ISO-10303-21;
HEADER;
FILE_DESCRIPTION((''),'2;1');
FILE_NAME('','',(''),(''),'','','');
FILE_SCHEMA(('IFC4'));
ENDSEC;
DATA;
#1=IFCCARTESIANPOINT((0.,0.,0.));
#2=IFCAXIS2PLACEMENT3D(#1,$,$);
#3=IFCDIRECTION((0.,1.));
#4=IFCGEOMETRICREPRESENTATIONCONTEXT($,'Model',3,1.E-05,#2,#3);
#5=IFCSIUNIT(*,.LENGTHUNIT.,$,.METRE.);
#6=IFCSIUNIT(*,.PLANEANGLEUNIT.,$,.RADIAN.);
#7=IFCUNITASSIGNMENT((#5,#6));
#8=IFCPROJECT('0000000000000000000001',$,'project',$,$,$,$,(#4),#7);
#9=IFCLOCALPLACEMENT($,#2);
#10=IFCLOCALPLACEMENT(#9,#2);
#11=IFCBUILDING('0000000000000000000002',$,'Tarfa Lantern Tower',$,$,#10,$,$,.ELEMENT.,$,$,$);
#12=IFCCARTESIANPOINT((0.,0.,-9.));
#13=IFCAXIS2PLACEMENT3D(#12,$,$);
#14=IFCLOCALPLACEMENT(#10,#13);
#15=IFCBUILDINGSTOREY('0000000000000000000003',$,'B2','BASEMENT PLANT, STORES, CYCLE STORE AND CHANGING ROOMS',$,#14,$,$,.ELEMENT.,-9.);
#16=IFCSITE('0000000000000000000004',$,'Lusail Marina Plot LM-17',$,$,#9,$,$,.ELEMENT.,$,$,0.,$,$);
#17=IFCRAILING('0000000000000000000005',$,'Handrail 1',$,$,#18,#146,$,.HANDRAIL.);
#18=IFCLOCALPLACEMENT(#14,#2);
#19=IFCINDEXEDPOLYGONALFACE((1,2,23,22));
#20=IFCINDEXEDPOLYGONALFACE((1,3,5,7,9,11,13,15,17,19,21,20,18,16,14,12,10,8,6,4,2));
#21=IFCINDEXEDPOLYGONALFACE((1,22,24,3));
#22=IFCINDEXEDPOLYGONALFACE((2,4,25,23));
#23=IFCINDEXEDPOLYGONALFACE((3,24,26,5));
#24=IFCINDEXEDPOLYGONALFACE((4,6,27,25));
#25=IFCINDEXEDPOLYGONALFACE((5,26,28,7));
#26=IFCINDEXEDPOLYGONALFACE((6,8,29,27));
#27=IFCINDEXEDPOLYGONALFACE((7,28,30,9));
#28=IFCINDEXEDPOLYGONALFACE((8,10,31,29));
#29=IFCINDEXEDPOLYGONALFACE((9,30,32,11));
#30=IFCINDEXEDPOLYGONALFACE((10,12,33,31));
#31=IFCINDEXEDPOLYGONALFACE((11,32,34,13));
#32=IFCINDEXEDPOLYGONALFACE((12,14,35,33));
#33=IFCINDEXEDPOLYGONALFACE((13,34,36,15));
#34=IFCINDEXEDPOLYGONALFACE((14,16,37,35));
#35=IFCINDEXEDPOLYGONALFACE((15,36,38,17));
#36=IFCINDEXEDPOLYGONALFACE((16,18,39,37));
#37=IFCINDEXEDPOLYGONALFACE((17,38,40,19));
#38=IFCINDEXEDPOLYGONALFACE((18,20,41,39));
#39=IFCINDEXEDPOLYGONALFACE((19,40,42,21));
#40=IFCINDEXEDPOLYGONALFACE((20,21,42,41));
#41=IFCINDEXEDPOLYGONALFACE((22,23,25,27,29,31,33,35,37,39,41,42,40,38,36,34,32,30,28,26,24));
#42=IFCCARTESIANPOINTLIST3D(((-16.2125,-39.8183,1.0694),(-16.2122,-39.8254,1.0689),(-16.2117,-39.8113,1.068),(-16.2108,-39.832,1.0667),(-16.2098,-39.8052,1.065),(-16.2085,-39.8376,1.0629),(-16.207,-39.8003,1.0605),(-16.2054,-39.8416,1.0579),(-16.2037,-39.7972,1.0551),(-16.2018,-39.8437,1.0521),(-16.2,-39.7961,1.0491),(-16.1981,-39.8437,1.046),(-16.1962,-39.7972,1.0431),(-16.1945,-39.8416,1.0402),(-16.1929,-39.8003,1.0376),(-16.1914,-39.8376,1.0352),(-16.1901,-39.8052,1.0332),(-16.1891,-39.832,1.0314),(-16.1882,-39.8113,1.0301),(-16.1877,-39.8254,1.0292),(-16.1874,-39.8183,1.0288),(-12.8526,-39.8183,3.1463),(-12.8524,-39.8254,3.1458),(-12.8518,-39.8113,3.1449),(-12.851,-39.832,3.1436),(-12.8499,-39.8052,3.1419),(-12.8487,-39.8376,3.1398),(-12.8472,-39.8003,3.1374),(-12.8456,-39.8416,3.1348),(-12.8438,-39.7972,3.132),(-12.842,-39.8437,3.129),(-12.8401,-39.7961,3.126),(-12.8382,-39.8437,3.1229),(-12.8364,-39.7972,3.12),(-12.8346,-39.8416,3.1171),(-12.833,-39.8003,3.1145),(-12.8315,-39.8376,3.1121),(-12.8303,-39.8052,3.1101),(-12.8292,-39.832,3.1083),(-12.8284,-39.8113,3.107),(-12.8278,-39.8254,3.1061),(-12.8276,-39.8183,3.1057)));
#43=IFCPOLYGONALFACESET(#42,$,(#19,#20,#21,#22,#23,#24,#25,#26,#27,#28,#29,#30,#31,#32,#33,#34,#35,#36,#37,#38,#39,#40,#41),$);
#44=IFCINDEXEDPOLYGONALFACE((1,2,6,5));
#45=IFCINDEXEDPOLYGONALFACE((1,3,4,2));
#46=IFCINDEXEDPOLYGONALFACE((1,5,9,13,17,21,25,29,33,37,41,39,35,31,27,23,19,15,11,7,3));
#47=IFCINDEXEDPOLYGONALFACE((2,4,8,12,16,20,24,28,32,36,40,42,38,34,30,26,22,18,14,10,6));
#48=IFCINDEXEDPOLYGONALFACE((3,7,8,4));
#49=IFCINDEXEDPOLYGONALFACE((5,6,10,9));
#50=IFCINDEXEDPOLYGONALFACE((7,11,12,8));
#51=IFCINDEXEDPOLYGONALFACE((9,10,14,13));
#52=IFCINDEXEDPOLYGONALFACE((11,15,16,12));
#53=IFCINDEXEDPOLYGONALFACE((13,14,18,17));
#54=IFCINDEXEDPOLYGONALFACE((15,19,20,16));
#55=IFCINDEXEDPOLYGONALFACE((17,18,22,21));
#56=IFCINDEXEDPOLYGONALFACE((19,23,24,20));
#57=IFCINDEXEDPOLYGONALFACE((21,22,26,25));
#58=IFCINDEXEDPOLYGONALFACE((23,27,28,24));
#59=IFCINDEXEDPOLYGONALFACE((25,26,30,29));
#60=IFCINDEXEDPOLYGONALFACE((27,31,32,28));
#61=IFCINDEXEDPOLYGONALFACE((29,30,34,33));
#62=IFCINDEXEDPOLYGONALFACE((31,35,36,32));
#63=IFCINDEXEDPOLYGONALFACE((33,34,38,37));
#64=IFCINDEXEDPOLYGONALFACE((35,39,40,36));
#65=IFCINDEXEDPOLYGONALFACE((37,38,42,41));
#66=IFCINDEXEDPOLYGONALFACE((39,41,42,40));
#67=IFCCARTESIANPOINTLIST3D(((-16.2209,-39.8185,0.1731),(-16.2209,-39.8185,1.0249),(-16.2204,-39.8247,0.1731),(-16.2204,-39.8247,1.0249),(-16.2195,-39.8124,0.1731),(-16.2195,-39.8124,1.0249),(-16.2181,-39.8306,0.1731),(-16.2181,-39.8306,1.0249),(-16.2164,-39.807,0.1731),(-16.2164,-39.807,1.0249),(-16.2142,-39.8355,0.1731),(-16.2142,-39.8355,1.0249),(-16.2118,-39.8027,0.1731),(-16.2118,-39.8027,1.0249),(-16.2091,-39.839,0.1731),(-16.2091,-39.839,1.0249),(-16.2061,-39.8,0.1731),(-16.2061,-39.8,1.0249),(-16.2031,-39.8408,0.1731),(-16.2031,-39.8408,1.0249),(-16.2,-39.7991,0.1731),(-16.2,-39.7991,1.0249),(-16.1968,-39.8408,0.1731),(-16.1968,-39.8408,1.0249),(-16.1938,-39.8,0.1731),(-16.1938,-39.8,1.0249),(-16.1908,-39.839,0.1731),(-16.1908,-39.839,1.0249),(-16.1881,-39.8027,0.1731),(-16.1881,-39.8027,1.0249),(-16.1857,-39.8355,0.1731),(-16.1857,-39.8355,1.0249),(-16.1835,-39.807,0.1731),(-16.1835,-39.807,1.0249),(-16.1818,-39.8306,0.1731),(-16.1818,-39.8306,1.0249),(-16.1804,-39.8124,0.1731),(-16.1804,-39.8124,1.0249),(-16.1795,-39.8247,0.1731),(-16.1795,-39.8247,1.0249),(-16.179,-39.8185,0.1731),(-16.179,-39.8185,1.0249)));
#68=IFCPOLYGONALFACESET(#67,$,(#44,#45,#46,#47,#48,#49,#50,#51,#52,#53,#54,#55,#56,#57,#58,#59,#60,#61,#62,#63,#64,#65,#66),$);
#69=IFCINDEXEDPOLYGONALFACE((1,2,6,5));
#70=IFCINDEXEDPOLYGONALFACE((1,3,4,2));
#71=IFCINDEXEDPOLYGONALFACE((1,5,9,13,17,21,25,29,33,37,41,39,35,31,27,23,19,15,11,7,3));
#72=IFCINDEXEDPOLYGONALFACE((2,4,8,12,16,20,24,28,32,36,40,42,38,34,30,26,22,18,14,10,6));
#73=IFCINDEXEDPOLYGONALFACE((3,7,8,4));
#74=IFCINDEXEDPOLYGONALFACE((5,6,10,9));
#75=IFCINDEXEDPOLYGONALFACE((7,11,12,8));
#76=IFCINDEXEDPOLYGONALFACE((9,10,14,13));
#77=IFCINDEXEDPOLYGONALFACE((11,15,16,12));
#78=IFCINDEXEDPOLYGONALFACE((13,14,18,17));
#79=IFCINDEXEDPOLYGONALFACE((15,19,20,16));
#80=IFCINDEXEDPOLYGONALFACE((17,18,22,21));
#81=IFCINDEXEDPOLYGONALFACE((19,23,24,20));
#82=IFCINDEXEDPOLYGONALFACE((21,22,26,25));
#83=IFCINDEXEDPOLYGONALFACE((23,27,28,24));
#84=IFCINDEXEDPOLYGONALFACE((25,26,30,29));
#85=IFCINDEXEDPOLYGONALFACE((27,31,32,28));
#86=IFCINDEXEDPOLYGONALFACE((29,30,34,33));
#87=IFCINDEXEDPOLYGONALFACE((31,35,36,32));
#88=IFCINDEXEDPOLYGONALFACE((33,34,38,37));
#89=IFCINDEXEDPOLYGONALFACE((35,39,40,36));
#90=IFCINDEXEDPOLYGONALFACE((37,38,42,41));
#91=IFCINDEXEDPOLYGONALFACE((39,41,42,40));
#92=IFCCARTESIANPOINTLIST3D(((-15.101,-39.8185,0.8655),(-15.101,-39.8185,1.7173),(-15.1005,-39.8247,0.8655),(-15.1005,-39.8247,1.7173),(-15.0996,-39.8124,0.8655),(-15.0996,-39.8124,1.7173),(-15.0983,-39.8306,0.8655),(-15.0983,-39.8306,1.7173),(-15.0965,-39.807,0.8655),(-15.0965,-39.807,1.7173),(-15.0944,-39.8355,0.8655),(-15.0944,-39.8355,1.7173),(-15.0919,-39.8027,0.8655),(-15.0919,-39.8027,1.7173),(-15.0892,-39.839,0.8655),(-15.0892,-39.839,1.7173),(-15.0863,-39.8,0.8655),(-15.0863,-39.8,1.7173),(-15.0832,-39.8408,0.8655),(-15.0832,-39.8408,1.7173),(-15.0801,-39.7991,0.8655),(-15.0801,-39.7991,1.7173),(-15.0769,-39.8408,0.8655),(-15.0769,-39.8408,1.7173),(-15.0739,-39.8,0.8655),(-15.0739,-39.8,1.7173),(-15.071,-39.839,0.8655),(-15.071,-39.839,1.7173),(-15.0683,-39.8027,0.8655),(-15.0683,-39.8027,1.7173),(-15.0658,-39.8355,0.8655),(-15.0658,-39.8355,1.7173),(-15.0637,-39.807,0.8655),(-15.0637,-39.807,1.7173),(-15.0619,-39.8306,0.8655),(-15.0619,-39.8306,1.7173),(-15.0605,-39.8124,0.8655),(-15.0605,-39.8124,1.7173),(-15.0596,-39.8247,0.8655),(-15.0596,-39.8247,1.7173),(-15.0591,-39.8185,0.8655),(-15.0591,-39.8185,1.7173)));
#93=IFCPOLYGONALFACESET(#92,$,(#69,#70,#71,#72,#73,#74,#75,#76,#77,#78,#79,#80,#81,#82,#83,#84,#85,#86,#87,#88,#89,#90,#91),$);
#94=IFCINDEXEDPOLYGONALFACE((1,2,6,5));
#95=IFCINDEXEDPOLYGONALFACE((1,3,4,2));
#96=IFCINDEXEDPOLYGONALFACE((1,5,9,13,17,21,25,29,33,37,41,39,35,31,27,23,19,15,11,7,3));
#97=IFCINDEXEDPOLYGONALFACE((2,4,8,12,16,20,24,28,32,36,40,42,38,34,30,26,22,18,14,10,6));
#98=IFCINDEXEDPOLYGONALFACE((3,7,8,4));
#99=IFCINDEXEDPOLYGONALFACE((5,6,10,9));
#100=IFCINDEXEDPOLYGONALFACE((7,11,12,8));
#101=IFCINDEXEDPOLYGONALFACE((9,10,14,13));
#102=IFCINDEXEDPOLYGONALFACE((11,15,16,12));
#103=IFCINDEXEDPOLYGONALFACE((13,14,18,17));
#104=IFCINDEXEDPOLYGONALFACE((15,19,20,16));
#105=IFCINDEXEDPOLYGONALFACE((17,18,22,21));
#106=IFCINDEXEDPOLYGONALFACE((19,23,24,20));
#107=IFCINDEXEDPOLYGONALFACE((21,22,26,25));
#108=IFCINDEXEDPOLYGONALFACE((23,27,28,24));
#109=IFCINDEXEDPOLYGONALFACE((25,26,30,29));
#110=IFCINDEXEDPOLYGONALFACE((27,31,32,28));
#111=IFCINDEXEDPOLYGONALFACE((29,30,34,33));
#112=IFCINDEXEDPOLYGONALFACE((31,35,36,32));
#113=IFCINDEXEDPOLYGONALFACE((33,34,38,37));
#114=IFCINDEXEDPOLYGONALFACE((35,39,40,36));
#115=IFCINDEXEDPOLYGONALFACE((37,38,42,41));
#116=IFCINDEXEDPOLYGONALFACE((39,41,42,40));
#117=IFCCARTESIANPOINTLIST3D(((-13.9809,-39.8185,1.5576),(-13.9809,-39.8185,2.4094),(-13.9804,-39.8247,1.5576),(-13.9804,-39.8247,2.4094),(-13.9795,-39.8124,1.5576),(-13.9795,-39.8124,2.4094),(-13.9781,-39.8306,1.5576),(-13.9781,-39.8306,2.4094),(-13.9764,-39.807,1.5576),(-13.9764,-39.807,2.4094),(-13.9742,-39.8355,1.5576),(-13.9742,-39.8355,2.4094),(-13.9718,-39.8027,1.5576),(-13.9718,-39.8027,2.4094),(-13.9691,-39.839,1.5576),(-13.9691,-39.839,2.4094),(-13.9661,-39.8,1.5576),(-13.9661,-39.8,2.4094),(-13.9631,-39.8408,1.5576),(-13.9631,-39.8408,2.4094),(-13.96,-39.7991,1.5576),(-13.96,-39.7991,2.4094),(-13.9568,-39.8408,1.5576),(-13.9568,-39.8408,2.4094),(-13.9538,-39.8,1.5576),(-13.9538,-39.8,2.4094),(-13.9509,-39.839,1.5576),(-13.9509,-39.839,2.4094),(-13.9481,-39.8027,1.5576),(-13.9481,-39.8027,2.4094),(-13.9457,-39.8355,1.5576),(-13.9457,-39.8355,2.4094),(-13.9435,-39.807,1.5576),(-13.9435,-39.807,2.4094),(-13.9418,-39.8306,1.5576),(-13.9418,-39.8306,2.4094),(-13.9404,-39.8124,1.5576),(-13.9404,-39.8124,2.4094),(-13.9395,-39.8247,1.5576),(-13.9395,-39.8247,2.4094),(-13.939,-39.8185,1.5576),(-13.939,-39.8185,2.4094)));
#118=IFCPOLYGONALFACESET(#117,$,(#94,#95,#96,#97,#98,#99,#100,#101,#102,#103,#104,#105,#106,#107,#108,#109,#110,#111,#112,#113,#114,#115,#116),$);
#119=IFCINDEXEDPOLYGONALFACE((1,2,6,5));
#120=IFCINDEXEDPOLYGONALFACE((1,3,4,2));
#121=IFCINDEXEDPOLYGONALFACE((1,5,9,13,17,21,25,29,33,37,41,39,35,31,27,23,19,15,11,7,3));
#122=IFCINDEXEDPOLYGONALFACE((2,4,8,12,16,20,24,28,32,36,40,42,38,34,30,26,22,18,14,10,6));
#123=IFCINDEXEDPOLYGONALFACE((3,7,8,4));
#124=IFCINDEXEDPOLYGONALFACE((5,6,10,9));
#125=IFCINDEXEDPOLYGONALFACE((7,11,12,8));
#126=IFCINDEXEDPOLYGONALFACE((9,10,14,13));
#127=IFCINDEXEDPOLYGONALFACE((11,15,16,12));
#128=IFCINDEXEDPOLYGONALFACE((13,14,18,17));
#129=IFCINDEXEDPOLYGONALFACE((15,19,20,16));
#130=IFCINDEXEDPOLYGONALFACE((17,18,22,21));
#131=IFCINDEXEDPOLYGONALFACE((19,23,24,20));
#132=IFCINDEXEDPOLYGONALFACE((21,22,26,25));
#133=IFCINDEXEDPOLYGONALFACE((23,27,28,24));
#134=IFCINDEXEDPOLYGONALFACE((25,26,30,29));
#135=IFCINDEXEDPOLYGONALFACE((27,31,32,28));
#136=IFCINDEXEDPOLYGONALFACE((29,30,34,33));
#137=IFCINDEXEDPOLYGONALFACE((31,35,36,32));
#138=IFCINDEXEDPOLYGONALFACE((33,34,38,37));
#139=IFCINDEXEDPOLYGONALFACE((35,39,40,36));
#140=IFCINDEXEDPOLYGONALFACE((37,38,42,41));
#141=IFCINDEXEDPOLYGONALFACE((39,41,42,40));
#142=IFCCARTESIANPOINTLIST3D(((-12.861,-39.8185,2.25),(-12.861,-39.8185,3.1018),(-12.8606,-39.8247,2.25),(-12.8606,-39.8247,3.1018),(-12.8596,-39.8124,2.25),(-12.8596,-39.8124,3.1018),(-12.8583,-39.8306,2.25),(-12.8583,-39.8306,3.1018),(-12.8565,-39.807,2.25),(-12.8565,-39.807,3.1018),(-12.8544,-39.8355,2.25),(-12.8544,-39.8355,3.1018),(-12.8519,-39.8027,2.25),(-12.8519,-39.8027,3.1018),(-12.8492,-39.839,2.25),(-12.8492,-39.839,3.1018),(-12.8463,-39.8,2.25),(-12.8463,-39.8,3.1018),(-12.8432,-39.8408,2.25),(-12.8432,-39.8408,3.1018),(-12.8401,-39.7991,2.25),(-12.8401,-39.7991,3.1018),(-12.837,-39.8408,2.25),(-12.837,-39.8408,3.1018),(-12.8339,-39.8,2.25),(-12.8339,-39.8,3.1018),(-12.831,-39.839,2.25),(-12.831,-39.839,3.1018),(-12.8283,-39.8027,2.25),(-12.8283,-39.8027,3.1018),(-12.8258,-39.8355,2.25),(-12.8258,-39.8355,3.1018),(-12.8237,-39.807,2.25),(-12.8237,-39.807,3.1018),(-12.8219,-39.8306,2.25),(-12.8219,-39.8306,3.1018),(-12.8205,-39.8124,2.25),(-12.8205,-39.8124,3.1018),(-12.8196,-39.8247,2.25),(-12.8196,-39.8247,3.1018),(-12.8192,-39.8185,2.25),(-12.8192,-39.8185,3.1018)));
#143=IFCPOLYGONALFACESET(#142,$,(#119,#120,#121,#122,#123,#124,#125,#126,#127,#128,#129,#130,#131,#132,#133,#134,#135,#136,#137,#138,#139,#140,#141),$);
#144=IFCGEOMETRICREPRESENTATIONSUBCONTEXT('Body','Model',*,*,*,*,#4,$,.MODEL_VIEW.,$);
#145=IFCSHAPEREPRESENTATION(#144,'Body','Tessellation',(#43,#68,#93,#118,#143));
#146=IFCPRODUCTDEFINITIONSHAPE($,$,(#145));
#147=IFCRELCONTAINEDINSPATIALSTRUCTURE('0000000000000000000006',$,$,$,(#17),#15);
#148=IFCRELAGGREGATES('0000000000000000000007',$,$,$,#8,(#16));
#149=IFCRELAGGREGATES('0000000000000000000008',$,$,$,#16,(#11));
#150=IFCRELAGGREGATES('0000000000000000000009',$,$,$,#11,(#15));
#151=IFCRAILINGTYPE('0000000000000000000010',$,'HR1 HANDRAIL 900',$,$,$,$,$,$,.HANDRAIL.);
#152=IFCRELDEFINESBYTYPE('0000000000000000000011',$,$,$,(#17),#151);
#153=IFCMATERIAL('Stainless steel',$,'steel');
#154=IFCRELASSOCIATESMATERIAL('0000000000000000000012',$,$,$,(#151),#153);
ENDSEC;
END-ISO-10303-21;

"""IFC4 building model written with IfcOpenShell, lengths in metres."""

from ifc_helpers import new_model, si_unit, direction, frame, origin, origin_2d, place, context, subcontext, project, spatial, circle, extrude, material, type_object, element, save


model = new_model("IFC4")

# Units and contexts
model_context = context("Model", 3, precision=1e-05, world=origin(), true_north=direction((0.0, 1.0)))
body_context = subcontext(model_context, "Body", "Model", "MODEL_VIEW")
ifc_project = project(units=[si_unit("LENGTHUNIT", "METRE"), si_unit("PLANEANGLEUNIT", "RADIAN")], contexts=[model_context])

# Site, building, storey
site_placement = place(None, origin())
site = spatial("IfcSite", under=ifc_project, at=site_placement, Name="Lusail Marina Plot LM-17", CompositionType="ELEMENT", RefElevation=0.0)
building_placement = place(site_placement, origin())
building = spatial("IfcBuilding", under=site, at=building_placement, Name="Tarfa Lantern Tower", CompositionType="ELEMENT")
storey_placement = place(building_placement, frame((0.0, 0.0, -9.0)))
storey = spatial("IfcBuildingStorey", under=building, at=storey_placement, Name="B2", Description="BASEMENT PLANT, STORES, CYCLE STORE AND CHANGING ROOMS", CompositionType="ELEMENT", Elevation=-9.0)

# Railing
ifc_material_1 = material(Name="Stainless steel", Category="steel")
railing_type = type_object("IfcRailingType", Name="HR1 HANDRAIL 900", PredefinedType="HANDRAIL", material=ifc_material_1)
railing_1_placement = place(storey_placement, frame((-16.2, -39.8201, 0.1731)))
element("IfcRailing", 1, at=railing_1_placement, inside=storey, type_object=railing_type, Name="Handrail 1", PredefinedType="HANDRAIL", context=body_context, shape_type="SweptSolid", body=[
    extrude(circle(Radius=0.0239, at=origin_2d()), frame((0.0, 0.0, 0.876), z_axis=(0.850606, 0.0, 0.525803), x_axis=(0.0, 1.0, 0.0)), (0.0, 0.0, 1.0), 3.95),
    extrude(circle(Radius=0.021, at=origin_2d()), frame((0.0, 0.0, 0.0), z_axis=(0.0, 0.0, 1.0), x_axis=(0.0, 1.0, 0.0)), (0.0, 0.0, 1.0), 0.8518),
    extrude(circle(Radius=0.021, at=origin_2d()), frame((1.1199, 0.0, 0.6924), z_axis=(0.0, 0.0, 1.0), x_axis=(0.0, 1.0, 0.0)), (0.0, 0.0, 1.0), 0.8518),
    extrude(circle(Radius=0.021, at=origin_2d()), frame((2.24, 0.0, 1.3845), z_axis=(0.0, 0.0, 1.0), x_axis=(0.0, 1.0, 0.0)), (0.0, 0.0, 1.0), 0.8518),
    extrude(circle(Radius=0.021, at=origin_2d()), frame((3.3599, 0.0, 2.0769), z_axis=(0.0, 0.0, 1.0), x_axis=(0.0, 1.0, 0.0)), (0.0, 0.0, 1.0), 0.8518),
])

save(model, "model.ifc")
